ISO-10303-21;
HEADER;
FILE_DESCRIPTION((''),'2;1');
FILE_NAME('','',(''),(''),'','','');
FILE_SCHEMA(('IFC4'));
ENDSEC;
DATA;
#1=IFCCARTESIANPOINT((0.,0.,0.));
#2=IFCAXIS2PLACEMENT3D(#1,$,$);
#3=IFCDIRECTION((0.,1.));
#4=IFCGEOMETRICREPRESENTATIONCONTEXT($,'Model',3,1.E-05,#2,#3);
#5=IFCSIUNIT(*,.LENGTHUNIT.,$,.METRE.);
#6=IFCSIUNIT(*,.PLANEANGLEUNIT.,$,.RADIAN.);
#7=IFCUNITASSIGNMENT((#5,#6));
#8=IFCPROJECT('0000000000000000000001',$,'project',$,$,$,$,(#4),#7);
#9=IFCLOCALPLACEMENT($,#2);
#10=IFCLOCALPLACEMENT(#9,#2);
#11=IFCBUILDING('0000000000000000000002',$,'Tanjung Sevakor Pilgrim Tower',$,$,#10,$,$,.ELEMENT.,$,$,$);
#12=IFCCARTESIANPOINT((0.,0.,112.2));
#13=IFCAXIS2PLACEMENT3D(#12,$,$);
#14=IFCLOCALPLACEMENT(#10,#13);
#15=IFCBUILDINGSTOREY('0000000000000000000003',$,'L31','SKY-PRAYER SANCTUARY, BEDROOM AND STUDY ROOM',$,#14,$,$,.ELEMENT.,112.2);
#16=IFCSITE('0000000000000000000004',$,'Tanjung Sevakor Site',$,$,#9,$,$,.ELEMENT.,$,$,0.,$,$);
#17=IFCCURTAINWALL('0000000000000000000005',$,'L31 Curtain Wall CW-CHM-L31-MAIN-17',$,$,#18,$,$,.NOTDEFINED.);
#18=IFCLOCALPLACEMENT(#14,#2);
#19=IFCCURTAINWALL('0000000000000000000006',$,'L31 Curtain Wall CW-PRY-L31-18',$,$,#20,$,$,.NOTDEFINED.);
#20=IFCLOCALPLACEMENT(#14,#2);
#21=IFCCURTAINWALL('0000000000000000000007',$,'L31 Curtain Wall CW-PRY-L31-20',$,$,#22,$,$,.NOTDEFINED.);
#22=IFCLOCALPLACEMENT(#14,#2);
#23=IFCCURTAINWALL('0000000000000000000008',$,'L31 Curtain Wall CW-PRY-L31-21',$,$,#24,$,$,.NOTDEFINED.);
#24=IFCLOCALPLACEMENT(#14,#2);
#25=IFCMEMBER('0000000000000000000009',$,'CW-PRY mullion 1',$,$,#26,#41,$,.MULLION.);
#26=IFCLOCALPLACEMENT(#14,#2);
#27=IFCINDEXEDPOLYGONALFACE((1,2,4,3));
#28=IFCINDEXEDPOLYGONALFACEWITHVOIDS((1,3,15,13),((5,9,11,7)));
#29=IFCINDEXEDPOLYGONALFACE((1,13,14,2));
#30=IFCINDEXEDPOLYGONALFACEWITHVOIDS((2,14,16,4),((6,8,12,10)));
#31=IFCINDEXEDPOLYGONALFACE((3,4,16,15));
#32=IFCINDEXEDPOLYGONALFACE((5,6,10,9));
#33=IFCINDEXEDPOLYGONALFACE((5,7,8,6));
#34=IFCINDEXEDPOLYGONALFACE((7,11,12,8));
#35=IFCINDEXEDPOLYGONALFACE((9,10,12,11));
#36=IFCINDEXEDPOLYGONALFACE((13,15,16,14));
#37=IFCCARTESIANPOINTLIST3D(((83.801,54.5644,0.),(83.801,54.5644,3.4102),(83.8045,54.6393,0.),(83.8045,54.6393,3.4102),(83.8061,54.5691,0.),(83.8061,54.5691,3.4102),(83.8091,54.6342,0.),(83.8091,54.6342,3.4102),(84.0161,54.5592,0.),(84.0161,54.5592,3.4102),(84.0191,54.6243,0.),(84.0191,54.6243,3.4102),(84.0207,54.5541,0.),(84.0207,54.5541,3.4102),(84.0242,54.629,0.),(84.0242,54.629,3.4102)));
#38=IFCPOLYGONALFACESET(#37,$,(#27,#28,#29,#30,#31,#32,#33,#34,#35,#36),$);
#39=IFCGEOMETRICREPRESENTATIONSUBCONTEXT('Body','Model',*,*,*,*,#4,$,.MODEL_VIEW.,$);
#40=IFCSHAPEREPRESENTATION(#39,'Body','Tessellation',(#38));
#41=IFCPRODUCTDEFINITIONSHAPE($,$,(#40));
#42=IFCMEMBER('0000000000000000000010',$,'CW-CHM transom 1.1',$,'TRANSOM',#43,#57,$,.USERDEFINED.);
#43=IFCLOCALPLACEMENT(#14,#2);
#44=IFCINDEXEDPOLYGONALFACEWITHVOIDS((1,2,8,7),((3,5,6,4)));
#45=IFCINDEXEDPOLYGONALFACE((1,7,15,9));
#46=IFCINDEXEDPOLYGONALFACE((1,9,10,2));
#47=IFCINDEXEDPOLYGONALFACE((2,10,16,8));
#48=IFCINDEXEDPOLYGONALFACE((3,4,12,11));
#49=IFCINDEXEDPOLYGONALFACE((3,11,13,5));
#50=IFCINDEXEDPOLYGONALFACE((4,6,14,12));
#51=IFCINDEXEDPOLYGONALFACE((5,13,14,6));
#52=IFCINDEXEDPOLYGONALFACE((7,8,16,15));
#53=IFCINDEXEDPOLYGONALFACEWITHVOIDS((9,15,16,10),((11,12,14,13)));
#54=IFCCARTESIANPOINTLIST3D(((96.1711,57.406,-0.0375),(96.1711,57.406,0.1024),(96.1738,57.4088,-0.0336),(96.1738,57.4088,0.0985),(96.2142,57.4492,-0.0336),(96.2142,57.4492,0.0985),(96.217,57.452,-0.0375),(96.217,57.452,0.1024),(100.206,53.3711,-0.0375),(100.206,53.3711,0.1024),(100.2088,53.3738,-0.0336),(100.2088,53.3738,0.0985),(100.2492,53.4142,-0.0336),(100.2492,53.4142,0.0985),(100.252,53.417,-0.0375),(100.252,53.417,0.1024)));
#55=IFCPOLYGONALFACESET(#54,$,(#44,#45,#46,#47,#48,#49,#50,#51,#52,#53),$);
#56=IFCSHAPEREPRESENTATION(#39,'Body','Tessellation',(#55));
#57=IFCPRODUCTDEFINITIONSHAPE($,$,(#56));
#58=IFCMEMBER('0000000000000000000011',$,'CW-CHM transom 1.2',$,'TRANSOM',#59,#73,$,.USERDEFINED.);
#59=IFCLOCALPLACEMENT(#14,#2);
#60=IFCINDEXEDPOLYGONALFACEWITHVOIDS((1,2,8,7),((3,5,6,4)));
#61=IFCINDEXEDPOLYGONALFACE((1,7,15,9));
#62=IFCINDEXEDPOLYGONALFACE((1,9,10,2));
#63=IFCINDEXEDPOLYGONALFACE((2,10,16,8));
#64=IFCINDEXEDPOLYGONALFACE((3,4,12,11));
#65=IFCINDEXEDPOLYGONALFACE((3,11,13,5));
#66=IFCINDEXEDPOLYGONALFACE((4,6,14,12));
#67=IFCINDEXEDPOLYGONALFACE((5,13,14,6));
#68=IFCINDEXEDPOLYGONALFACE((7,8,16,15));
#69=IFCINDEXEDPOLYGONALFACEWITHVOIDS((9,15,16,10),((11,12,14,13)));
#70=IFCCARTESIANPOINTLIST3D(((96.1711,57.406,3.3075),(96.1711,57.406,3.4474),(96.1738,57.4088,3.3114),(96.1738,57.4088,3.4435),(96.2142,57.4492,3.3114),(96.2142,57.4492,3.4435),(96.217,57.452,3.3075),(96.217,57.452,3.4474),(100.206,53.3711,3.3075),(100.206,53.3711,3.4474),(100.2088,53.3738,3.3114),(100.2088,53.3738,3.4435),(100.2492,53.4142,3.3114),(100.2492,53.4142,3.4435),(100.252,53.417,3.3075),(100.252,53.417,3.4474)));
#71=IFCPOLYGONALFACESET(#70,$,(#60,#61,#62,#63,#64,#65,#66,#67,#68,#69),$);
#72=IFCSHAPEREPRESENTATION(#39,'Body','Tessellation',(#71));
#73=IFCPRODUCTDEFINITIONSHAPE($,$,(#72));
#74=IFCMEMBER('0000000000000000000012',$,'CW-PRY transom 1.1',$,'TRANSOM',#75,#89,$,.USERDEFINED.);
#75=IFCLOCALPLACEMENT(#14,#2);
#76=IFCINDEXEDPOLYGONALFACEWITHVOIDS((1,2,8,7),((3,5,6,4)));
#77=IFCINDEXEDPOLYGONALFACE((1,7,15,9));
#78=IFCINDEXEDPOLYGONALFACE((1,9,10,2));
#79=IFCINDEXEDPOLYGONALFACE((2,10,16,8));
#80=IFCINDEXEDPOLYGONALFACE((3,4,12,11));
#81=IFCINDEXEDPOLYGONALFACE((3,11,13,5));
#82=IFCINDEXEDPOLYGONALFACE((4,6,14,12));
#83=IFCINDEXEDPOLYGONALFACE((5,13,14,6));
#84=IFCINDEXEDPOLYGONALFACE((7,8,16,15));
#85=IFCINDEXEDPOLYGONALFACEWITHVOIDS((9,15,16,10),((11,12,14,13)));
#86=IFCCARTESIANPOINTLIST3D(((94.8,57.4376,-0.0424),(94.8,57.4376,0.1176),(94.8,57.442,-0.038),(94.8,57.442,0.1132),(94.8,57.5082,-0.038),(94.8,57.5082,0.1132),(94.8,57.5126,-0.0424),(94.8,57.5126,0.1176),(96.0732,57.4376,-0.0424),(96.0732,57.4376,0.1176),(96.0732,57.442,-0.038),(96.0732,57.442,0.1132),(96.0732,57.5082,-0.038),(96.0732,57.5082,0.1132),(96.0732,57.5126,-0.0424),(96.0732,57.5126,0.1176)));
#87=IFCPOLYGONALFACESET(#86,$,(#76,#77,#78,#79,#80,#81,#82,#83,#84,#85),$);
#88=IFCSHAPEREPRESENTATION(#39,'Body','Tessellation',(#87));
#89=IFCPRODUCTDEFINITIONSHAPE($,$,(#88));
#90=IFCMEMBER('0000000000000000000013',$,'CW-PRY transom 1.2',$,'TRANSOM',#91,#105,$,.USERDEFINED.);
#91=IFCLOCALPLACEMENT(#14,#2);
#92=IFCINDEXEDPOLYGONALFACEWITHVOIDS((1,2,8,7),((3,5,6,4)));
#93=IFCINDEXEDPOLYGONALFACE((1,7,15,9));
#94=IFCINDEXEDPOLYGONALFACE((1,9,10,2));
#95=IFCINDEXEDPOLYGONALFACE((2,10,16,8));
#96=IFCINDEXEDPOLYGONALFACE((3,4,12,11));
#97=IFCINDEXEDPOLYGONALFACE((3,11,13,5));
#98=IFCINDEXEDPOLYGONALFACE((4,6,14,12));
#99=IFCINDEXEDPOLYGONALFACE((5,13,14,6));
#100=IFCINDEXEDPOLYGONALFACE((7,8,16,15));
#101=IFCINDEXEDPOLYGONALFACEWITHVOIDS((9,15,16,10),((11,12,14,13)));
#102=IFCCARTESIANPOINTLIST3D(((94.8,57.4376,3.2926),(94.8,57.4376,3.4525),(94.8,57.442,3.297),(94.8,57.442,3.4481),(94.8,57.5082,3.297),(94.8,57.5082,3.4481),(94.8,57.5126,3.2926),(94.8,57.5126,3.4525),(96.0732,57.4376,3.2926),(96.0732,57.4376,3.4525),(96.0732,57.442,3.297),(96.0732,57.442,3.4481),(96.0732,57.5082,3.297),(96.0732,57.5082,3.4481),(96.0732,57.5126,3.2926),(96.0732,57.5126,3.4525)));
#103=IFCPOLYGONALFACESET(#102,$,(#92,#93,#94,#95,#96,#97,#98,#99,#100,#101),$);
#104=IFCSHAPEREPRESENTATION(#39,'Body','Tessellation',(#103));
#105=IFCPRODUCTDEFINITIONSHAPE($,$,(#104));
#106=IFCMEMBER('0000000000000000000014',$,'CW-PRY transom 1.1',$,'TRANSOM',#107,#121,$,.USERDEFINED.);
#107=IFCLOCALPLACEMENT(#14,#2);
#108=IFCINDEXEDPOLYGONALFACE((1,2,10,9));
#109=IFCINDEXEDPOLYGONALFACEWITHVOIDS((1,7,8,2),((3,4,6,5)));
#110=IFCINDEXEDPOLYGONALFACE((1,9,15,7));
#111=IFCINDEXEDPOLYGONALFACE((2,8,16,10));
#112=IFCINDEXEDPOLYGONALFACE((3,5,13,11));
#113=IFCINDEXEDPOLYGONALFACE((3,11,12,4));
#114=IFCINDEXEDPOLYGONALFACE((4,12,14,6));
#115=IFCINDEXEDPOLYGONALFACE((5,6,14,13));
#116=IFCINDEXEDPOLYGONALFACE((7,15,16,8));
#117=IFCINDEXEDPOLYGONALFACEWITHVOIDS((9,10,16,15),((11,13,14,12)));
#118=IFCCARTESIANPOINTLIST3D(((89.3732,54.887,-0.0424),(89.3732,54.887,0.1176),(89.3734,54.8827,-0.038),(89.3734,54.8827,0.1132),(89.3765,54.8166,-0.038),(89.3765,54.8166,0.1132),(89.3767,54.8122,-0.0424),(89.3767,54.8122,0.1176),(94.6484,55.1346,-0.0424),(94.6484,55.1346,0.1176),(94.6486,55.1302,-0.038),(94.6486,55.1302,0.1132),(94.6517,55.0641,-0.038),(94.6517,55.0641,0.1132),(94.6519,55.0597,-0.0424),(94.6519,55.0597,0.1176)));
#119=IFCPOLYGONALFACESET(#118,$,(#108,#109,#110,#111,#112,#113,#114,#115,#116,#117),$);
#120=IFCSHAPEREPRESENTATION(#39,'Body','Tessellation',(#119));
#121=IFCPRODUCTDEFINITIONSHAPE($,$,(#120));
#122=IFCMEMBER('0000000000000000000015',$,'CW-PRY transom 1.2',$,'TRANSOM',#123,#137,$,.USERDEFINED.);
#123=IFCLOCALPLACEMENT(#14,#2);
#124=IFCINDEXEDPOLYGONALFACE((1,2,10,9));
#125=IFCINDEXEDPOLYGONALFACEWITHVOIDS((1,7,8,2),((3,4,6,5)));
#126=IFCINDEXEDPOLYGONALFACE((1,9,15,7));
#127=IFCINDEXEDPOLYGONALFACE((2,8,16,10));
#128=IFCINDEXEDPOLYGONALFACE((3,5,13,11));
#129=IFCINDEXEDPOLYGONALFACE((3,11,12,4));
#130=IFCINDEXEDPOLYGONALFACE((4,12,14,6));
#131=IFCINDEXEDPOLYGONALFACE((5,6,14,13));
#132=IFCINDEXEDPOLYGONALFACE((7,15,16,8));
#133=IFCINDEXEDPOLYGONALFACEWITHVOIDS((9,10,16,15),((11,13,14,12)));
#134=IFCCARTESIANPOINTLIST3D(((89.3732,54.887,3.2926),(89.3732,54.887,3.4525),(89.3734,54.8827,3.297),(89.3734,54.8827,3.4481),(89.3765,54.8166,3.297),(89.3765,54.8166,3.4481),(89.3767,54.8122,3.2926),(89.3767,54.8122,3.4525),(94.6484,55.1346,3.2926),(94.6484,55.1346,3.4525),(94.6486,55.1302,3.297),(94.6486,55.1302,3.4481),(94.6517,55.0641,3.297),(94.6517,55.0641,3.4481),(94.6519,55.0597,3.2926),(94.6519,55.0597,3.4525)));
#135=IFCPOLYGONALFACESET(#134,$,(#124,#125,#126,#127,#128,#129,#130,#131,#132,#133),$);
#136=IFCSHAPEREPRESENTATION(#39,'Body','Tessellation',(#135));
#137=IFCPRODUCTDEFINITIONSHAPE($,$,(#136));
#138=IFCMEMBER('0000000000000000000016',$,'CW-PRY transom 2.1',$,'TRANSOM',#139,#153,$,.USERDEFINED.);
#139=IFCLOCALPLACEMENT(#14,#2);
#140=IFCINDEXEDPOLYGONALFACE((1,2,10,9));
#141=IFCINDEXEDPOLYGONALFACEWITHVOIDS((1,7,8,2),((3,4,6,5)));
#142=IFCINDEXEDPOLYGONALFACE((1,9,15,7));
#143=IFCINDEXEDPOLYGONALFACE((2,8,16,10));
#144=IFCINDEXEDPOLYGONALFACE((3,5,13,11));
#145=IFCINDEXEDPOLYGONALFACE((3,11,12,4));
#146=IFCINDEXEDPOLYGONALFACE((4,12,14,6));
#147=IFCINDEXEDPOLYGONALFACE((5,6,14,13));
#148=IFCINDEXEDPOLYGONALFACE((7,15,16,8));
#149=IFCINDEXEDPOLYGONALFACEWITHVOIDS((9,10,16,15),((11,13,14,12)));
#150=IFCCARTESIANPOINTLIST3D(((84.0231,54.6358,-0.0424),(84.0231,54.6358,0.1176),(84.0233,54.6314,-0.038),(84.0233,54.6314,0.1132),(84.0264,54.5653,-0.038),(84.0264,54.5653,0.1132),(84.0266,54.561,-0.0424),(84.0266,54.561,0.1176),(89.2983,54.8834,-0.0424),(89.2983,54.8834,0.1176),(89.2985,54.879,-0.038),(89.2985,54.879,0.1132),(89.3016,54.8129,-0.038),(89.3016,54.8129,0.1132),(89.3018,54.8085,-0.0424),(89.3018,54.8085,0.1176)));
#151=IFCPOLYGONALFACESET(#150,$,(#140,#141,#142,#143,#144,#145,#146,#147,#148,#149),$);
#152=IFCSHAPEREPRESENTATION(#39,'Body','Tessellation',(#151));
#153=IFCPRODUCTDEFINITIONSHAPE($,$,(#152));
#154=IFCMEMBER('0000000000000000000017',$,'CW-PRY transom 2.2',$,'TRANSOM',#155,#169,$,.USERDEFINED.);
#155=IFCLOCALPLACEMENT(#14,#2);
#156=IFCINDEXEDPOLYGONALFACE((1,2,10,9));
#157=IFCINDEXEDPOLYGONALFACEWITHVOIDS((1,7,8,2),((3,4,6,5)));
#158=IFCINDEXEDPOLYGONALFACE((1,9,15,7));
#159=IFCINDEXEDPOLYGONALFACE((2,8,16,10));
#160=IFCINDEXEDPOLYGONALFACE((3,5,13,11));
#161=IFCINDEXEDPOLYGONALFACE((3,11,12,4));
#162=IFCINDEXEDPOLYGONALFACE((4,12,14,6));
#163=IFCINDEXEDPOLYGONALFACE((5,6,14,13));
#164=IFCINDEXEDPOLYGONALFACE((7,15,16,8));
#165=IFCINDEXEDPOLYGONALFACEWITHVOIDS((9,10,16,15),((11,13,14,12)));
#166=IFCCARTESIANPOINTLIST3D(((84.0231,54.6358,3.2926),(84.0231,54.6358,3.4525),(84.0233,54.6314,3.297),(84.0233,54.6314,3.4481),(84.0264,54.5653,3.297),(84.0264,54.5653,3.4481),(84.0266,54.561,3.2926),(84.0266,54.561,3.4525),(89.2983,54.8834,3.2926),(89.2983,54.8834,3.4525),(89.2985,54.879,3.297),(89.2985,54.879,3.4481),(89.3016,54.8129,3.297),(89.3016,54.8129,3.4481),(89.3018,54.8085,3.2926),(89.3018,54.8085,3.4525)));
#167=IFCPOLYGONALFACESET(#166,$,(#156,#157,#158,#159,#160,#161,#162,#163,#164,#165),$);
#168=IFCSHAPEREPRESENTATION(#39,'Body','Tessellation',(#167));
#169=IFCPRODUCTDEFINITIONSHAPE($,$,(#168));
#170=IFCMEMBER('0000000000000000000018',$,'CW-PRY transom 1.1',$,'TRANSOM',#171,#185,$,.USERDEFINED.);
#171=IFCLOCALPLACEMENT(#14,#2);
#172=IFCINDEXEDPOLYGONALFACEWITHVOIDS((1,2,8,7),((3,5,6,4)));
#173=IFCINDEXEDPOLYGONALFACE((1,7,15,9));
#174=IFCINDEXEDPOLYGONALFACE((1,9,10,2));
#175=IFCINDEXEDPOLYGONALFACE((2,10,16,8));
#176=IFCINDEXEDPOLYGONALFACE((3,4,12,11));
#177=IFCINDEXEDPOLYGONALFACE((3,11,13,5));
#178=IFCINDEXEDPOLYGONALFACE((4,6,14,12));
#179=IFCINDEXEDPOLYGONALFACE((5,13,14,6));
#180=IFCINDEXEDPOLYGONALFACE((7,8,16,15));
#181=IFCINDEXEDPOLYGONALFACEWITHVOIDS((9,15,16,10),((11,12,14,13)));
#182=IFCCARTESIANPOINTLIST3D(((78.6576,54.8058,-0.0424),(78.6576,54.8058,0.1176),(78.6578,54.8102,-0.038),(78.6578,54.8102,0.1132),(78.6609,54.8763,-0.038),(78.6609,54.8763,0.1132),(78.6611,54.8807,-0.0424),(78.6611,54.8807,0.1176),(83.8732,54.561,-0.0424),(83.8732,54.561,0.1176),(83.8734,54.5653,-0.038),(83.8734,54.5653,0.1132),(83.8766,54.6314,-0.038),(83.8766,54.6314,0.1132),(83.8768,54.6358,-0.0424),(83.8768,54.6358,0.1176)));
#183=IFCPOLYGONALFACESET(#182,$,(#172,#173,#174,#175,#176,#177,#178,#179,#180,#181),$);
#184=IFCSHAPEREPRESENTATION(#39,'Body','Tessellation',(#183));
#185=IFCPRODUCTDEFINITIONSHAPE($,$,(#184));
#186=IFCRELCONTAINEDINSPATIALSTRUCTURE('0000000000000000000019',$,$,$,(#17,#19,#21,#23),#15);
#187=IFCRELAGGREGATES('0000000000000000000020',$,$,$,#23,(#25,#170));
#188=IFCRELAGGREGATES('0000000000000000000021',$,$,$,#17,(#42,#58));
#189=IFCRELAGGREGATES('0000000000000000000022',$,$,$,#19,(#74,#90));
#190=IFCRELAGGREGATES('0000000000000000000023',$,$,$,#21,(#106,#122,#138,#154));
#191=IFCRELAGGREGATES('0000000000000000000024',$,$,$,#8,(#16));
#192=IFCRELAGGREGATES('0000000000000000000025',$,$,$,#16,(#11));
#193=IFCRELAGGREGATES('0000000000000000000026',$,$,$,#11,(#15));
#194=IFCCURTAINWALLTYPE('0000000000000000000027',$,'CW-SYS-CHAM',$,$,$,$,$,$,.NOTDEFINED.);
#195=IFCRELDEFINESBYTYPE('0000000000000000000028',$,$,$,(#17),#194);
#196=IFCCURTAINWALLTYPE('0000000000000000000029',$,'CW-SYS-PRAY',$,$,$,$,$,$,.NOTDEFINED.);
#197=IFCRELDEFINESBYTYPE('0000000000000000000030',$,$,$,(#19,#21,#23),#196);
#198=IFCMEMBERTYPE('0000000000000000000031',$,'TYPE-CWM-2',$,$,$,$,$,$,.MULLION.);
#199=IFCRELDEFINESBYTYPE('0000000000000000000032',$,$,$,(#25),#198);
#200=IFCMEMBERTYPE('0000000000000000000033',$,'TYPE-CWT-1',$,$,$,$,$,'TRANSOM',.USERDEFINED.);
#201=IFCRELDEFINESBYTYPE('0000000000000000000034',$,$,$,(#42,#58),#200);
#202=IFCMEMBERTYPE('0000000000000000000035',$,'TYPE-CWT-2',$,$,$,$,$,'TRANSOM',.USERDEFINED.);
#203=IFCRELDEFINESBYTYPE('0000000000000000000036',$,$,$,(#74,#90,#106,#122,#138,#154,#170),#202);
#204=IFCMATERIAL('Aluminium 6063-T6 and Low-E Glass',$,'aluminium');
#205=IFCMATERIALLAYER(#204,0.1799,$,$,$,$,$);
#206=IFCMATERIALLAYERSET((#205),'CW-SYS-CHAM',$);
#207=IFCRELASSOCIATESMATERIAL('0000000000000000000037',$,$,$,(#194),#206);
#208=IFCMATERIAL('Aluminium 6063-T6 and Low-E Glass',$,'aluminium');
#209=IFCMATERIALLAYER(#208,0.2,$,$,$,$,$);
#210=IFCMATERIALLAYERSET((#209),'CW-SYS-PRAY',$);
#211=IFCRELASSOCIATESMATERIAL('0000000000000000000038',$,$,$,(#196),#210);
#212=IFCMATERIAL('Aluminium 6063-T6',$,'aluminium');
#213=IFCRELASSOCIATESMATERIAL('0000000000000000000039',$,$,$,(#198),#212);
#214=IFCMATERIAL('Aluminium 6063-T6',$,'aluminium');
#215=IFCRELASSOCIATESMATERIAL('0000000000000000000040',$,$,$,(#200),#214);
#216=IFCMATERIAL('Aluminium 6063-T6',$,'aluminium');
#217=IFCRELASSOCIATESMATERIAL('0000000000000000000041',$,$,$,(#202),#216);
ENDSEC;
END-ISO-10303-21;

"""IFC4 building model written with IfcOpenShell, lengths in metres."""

from ifc_helpers import new_model, si_unit, direction, frame, origin, origin_2d, place, context, subcontext, project, spatial, hollow_rectangle, extrude, material, layer, layer_set, material_profile, profile_set, type_object, element, aggregate, save


model = new_model("IFC4")

# Units and contexts
model_context = context("Model", 3, precision=1e-05, world=origin(), true_north=direction((0.0, 1.0)))
body_context = subcontext(model_context, "Body", "Model", "MODEL_VIEW")
ifc_project = project(units=[si_unit("LENGTHUNIT", "METRE"), si_unit("PLANEANGLEUNIT", "RADIAN")], contexts=[model_context])

# Site, building, storey
site_placement = place(None, origin())
site = spatial("IfcSite", under=ifc_project, at=site_placement, Name="Tanjung Sevakor Site", CompositionType="ELEMENT", RefElevation=0.0)
building_placement = place(site_placement, origin())
building = spatial("IfcBuilding", under=site, at=building_placement, Name="Tanjung Sevakor Pilgrim Tower", CompositionType="ELEMENT")
storey_placement = place(building_placement, frame((0.0, 0.0, 112.2)))
storey = spatial("IfcBuildingStorey", under=building, at=storey_placement, Name="L31", Description="SKY-PRAYER SANCTUARY, BEDROOM AND STUDY ROOM", CompositionType="ELEMENT", Elevation=112.2)

# Curtain walls
ifc_material_1 = material(Name="Aluminium 6063-T6 and Low-E Glass", Category="aluminium")
ifc_layer_1 = layer(ifc_material_1, 0.1799)
ifc_layer_set_1 = layer_set([ifc_layer_1], Name="CW-SYS-CHAM")
curtain_wall_type_1 = type_object("IfcCurtainWallType", Name="CW-SYS-CHAM", PredefinedType="NOTDEFINED", material=ifc_layer_set_1)
curtain_wall_1_placement = place(storey_placement, origin())
curtain_wall_1 = element("IfcCurtainWall", 1, at=curtain_wall_1_placement, inside=storey, type_object=curtain_wall_type_1, Name="L31 Curtain Wall CW-CHM-L31-MAIN-17", PredefinedType="NOTDEFINED")
ifc_material_2 = material(Name="Aluminium 6063-T6 and Low-E Glass", Category="aluminium")
ifc_layer_2 = layer(ifc_material_2, 0.2)
ifc_layer_set_2 = layer_set([ifc_layer_2], Name="CW-SYS-PRAY")
curtain_wall_type_2 = type_object("IfcCurtainWallType", Name="CW-SYS-PRAY", PredefinedType="NOTDEFINED", material=ifc_layer_set_2)
curtain_wall_2_placement = place(storey_placement, origin())
curtain_wall_2 = element("IfcCurtainWall", 2, at=curtain_wall_2_placement, inside=storey, type_object=curtain_wall_type_2, Name="L31 Curtain Wall CW-PRY-L31-18", PredefinedType="NOTDEFINED")
ifc_material_3 = material(Name="Aluminium 6063-T6", Category="aluminium")
ifc_material_profile_1 = material_profile(ifc_material_3, hollow_rectangle(XDim=0.075, YDim=0.22, WallThickness=0.0049, at=origin_2d()))
ifc_profile_set_1 = profile_set([ifc_material_profile_1], Name="Aluminium 6063-T6")
member_type_1 = type_object("IfcMemberType", Name="TYPE-CWM-2", PredefinedType="MULLION", material=ifc_profile_set_1)
curtain_wall_3_placement = place(storey_placement, origin())
curtain_wall_3 = element("IfcCurtainWall", 3, at=curtain_wall_3_placement, inside=storey, type_object=curtain_wall_type_2, Name="L31 Curtain Wall CW-PRY-L31-20", PredefinedType="NOTDEFINED")

# Curtain wall, member
curtain_wall_4_placement = place(storey_placement, origin())
curtain_wall_4 = element("IfcCurtainWall", 4, at=curtain_wall_4_placement, inside=storey, type_object=curtain_wall_type_2, Name="L31 Curtain Wall CW-PRY-L31-21", PredefinedType="NOTDEFINED")
member_1_placement = place(storey_placement, frame((83.9126, 54.5967, 0.0), z_axis=(0.0, 0.0, 1.0), x_axis=(-0.046889, -0.9989, 0.0)))
member_1 = element("IfcMember", 5, at=member_1_placement, type_object=member_type_1, Name="CW-PRY mullion 1", PredefinedType="MULLION", context=body_context, shape_type="SweptSolid", body=[
    extrude(hollow_rectangle(XDim=0.075, YDim=0.22, WallThickness=0.0049, at=origin_2d()), origin(), (0.0, 0.0, 1.0), 3.4102),
])

# Members
ifc_material_4 = material(Name="Aluminium 6063-T6", Category="aluminium")
ifc_material_profile_2 = material_profile(ifc_material_4, hollow_rectangle(XDim=0.0649, YDim=0.1399, WallThickness=0.0039, at=origin_2d()))
ifc_profile_set_2 = profile_set([ifc_material_profile_2], Name="Aluminium 6063-T6")
member_type_2 = type_object("IfcMemberType", Name="TYPE-CWT-1", ElementType="TRANSOM", PredefinedType="USERDEFINED", material=ifc_profile_set_2)
member_2_placement = place(storey_placement, frame((100.229, 53.394, 0.0325), z_axis=(-0.707107, 0.707107, 0.0), x_axis=(-0.707107, -0.707107, 0.0)))
member_2 = element("IfcMember", 6, at=member_2_placement, type_object=member_type_2, Name="CW-CHM transom 1.1", ObjectType="TRANSOM", PredefinedType="USERDEFINED", context=body_context, shape_type="SweptSolid", body=[
    extrude(hollow_rectangle(XDim=0.0649, YDim=0.1399, WallThickness=0.0039, at=origin_2d()), origin(), (0.0, 0.0, 1.0), 5.7063),
])
member_3_placement = place(storey_placement, frame((100.229, 53.394, 3.3774), z_axis=(-0.707107, 0.707107, 0.0), x_axis=(-0.707107, -0.707107, 0.0)))
member_3 = element("IfcMember", 7, at=member_3_placement, type_object=member_type_2, Name="CW-CHM transom 1.2", ObjectType="TRANSOM", PredefinedType="USERDEFINED", context=body_context, shape_type="SweptSolid", body=[
    extrude(hollow_rectangle(XDim=0.0649, YDim=0.1399, WallThickness=0.0039, at=origin_2d()), origin(), (0.0, 0.0, 1.0), 5.7063),
])
ifc_material_5 = material(Name="Aluminium 6063-T6", Category="aluminium")
ifc_material_profile_3 = material_profile(ifc_material_5, hollow_rectangle(XDim=0.075, YDim=0.1599, WallThickness=0.0044, at=origin_2d()))
ifc_profile_set_3 = profile_set([ifc_material_profile_3], Name="Aluminium 6063-T6")
member_type_3 = type_object("IfcMemberType", Name="TYPE-CWT-2", ElementType="TRANSOM", PredefinedType="USERDEFINED", material=ifc_profile_set_3)
member_4_placement = place(storey_placement, frame((96.0732, 57.4751, 0.0376), z_axis=(-1.0, 0.0, 0.0), x_axis=(0.0, -1.0, 0.0)))
member_4 = element("IfcMember", 8, at=member_4_placement, type_object=member_type_3, Name="CW-PRY transom 1.1", ObjectType="TRANSOM", PredefinedType="USERDEFINED", context=body_context, shape_type="SweptSolid", body=[
    extrude(hollow_rectangle(XDim=0.075, YDim=0.1599, WallThickness=0.0044, at=origin_2d()), origin(), (0.0, 0.0, 1.0), 1.2732),
])
member_5_placement = place(storey_placement, frame((96.0732, 57.4751, 3.3726), z_axis=(-1.0, 0.0, 0.0), x_axis=(0.0, -1.0, 0.0)))
member_5 = element("IfcMember", 9, at=member_5_placement, type_object=member_type_3, Name="CW-PRY transom 1.2", ObjectType="TRANSOM", PredefinedType="USERDEFINED", context=body_context, shape_type="SweptSolid", body=[
    extrude(hollow_rectangle(XDim=0.075, YDim=0.1599, WallThickness=0.0044, at=origin_2d()), origin(), (0.0, 0.0, 1.0), 1.2732),
])
member_6_placement = place(storey_placement, frame((94.6501, 55.0972, 0.0376), z_axis=(-0.998901, -0.046878, 0.0), x_axis=(0.046878, -0.998901, 0.0)))
member_6 = element("IfcMember", 10, at=member_6_placement, type_object=member_type_3, Name="CW-PRY transom 1.1", ObjectType="TRANSOM", PredefinedType="USERDEFINED", context=body_context, shape_type="SweptSolid", body=[
    extrude(hollow_rectangle(XDim=0.075, YDim=0.1599, WallThickness=0.0044, at=origin_2d()), origin(), (0.0, 0.0, 1.0), 5.281),
])
member_7_placement = place(storey_placement, frame((94.6501, 55.0972, 3.3726), z_axis=(-0.998901, -0.046878, 0.0), x_axis=(0.046878, -0.998901, 0.0)))
member_7 = element("IfcMember", 11, at=member_7_placement, type_object=member_type_3, Name="CW-PRY transom 1.2", ObjectType="TRANSOM", PredefinedType="USERDEFINED", context=body_context, shape_type="SweptSolid", body=[
    extrude(hollow_rectangle(XDim=0.075, YDim=0.1599, WallThickness=0.0044, at=origin_2d()), origin(), (0.0, 0.0, 1.0), 5.281),
])
member_8_placement = place(storey_placement, frame((89.3, 54.8459, 0.0376), z_axis=(-0.998901, -0.046878, 0.0), x_axis=(0.046878, -0.998901, 0.0)))
member_8 = element("IfcMember", 12, at=member_8_placement, type_object=member_type_3, Name="CW-PRY transom 2.1", ObjectType="TRANSOM", PredefinedType="USERDEFINED", context=body_context, shape_type="SweptSolid", body=[
    extrude(hollow_rectangle(XDim=0.075, YDim=0.1599, WallThickness=0.0044, at=origin_2d()), origin(), (0.0, 0.0, 1.0), 5.281),
])
member_9_placement = place(storey_placement, frame((89.3, 54.8459, 3.3726), z_axis=(-0.998901, -0.046878, 0.0), x_axis=(0.046878, -0.998901, 0.0)))
member_9 = element("IfcMember", 13, at=member_9_placement, type_object=member_type_3, Name="CW-PRY transom 2.2", ObjectType="TRANSOM", PredefinedType="USERDEFINED", context=body_context, shape_type="SweptSolid", body=[
    extrude(hollow_rectangle(XDim=0.075, YDim=0.1599, WallThickness=0.0044, at=origin_2d()), origin(), (0.0, 0.0, 1.0), 5.281),
])
member_10_placement = place(storey_placement, frame((83.875, 54.5984, 0.0376), z_axis=(-0.9989, 0.046899, 0.0), x_axis=(-0.046899, -0.9989, 0.0)))
member_10 = element("IfcMember", 14, at=member_10_placement, type_object=member_type_3, Name="CW-PRY transom 1.1", ObjectType="TRANSOM", PredefinedType="USERDEFINED", context=body_context, shape_type="SweptSolid", body=[
    extrude(hollow_rectangle(XDim=0.075, YDim=0.1599, WallThickness=0.0044, at=origin_2d()), origin(), (0.0, 0.0, 1.0), 5.2214),
])
aggregate(curtain_wall_4, [member_1, member_10])

aggregate(curtain_wall_1, [member_2, member_3])
aggregate(curtain_wall_2, [member_4, member_5])
aggregate(curtain_wall_3, [member_6, member_7, member_8, member_9])

save(model, "model.ifc")
